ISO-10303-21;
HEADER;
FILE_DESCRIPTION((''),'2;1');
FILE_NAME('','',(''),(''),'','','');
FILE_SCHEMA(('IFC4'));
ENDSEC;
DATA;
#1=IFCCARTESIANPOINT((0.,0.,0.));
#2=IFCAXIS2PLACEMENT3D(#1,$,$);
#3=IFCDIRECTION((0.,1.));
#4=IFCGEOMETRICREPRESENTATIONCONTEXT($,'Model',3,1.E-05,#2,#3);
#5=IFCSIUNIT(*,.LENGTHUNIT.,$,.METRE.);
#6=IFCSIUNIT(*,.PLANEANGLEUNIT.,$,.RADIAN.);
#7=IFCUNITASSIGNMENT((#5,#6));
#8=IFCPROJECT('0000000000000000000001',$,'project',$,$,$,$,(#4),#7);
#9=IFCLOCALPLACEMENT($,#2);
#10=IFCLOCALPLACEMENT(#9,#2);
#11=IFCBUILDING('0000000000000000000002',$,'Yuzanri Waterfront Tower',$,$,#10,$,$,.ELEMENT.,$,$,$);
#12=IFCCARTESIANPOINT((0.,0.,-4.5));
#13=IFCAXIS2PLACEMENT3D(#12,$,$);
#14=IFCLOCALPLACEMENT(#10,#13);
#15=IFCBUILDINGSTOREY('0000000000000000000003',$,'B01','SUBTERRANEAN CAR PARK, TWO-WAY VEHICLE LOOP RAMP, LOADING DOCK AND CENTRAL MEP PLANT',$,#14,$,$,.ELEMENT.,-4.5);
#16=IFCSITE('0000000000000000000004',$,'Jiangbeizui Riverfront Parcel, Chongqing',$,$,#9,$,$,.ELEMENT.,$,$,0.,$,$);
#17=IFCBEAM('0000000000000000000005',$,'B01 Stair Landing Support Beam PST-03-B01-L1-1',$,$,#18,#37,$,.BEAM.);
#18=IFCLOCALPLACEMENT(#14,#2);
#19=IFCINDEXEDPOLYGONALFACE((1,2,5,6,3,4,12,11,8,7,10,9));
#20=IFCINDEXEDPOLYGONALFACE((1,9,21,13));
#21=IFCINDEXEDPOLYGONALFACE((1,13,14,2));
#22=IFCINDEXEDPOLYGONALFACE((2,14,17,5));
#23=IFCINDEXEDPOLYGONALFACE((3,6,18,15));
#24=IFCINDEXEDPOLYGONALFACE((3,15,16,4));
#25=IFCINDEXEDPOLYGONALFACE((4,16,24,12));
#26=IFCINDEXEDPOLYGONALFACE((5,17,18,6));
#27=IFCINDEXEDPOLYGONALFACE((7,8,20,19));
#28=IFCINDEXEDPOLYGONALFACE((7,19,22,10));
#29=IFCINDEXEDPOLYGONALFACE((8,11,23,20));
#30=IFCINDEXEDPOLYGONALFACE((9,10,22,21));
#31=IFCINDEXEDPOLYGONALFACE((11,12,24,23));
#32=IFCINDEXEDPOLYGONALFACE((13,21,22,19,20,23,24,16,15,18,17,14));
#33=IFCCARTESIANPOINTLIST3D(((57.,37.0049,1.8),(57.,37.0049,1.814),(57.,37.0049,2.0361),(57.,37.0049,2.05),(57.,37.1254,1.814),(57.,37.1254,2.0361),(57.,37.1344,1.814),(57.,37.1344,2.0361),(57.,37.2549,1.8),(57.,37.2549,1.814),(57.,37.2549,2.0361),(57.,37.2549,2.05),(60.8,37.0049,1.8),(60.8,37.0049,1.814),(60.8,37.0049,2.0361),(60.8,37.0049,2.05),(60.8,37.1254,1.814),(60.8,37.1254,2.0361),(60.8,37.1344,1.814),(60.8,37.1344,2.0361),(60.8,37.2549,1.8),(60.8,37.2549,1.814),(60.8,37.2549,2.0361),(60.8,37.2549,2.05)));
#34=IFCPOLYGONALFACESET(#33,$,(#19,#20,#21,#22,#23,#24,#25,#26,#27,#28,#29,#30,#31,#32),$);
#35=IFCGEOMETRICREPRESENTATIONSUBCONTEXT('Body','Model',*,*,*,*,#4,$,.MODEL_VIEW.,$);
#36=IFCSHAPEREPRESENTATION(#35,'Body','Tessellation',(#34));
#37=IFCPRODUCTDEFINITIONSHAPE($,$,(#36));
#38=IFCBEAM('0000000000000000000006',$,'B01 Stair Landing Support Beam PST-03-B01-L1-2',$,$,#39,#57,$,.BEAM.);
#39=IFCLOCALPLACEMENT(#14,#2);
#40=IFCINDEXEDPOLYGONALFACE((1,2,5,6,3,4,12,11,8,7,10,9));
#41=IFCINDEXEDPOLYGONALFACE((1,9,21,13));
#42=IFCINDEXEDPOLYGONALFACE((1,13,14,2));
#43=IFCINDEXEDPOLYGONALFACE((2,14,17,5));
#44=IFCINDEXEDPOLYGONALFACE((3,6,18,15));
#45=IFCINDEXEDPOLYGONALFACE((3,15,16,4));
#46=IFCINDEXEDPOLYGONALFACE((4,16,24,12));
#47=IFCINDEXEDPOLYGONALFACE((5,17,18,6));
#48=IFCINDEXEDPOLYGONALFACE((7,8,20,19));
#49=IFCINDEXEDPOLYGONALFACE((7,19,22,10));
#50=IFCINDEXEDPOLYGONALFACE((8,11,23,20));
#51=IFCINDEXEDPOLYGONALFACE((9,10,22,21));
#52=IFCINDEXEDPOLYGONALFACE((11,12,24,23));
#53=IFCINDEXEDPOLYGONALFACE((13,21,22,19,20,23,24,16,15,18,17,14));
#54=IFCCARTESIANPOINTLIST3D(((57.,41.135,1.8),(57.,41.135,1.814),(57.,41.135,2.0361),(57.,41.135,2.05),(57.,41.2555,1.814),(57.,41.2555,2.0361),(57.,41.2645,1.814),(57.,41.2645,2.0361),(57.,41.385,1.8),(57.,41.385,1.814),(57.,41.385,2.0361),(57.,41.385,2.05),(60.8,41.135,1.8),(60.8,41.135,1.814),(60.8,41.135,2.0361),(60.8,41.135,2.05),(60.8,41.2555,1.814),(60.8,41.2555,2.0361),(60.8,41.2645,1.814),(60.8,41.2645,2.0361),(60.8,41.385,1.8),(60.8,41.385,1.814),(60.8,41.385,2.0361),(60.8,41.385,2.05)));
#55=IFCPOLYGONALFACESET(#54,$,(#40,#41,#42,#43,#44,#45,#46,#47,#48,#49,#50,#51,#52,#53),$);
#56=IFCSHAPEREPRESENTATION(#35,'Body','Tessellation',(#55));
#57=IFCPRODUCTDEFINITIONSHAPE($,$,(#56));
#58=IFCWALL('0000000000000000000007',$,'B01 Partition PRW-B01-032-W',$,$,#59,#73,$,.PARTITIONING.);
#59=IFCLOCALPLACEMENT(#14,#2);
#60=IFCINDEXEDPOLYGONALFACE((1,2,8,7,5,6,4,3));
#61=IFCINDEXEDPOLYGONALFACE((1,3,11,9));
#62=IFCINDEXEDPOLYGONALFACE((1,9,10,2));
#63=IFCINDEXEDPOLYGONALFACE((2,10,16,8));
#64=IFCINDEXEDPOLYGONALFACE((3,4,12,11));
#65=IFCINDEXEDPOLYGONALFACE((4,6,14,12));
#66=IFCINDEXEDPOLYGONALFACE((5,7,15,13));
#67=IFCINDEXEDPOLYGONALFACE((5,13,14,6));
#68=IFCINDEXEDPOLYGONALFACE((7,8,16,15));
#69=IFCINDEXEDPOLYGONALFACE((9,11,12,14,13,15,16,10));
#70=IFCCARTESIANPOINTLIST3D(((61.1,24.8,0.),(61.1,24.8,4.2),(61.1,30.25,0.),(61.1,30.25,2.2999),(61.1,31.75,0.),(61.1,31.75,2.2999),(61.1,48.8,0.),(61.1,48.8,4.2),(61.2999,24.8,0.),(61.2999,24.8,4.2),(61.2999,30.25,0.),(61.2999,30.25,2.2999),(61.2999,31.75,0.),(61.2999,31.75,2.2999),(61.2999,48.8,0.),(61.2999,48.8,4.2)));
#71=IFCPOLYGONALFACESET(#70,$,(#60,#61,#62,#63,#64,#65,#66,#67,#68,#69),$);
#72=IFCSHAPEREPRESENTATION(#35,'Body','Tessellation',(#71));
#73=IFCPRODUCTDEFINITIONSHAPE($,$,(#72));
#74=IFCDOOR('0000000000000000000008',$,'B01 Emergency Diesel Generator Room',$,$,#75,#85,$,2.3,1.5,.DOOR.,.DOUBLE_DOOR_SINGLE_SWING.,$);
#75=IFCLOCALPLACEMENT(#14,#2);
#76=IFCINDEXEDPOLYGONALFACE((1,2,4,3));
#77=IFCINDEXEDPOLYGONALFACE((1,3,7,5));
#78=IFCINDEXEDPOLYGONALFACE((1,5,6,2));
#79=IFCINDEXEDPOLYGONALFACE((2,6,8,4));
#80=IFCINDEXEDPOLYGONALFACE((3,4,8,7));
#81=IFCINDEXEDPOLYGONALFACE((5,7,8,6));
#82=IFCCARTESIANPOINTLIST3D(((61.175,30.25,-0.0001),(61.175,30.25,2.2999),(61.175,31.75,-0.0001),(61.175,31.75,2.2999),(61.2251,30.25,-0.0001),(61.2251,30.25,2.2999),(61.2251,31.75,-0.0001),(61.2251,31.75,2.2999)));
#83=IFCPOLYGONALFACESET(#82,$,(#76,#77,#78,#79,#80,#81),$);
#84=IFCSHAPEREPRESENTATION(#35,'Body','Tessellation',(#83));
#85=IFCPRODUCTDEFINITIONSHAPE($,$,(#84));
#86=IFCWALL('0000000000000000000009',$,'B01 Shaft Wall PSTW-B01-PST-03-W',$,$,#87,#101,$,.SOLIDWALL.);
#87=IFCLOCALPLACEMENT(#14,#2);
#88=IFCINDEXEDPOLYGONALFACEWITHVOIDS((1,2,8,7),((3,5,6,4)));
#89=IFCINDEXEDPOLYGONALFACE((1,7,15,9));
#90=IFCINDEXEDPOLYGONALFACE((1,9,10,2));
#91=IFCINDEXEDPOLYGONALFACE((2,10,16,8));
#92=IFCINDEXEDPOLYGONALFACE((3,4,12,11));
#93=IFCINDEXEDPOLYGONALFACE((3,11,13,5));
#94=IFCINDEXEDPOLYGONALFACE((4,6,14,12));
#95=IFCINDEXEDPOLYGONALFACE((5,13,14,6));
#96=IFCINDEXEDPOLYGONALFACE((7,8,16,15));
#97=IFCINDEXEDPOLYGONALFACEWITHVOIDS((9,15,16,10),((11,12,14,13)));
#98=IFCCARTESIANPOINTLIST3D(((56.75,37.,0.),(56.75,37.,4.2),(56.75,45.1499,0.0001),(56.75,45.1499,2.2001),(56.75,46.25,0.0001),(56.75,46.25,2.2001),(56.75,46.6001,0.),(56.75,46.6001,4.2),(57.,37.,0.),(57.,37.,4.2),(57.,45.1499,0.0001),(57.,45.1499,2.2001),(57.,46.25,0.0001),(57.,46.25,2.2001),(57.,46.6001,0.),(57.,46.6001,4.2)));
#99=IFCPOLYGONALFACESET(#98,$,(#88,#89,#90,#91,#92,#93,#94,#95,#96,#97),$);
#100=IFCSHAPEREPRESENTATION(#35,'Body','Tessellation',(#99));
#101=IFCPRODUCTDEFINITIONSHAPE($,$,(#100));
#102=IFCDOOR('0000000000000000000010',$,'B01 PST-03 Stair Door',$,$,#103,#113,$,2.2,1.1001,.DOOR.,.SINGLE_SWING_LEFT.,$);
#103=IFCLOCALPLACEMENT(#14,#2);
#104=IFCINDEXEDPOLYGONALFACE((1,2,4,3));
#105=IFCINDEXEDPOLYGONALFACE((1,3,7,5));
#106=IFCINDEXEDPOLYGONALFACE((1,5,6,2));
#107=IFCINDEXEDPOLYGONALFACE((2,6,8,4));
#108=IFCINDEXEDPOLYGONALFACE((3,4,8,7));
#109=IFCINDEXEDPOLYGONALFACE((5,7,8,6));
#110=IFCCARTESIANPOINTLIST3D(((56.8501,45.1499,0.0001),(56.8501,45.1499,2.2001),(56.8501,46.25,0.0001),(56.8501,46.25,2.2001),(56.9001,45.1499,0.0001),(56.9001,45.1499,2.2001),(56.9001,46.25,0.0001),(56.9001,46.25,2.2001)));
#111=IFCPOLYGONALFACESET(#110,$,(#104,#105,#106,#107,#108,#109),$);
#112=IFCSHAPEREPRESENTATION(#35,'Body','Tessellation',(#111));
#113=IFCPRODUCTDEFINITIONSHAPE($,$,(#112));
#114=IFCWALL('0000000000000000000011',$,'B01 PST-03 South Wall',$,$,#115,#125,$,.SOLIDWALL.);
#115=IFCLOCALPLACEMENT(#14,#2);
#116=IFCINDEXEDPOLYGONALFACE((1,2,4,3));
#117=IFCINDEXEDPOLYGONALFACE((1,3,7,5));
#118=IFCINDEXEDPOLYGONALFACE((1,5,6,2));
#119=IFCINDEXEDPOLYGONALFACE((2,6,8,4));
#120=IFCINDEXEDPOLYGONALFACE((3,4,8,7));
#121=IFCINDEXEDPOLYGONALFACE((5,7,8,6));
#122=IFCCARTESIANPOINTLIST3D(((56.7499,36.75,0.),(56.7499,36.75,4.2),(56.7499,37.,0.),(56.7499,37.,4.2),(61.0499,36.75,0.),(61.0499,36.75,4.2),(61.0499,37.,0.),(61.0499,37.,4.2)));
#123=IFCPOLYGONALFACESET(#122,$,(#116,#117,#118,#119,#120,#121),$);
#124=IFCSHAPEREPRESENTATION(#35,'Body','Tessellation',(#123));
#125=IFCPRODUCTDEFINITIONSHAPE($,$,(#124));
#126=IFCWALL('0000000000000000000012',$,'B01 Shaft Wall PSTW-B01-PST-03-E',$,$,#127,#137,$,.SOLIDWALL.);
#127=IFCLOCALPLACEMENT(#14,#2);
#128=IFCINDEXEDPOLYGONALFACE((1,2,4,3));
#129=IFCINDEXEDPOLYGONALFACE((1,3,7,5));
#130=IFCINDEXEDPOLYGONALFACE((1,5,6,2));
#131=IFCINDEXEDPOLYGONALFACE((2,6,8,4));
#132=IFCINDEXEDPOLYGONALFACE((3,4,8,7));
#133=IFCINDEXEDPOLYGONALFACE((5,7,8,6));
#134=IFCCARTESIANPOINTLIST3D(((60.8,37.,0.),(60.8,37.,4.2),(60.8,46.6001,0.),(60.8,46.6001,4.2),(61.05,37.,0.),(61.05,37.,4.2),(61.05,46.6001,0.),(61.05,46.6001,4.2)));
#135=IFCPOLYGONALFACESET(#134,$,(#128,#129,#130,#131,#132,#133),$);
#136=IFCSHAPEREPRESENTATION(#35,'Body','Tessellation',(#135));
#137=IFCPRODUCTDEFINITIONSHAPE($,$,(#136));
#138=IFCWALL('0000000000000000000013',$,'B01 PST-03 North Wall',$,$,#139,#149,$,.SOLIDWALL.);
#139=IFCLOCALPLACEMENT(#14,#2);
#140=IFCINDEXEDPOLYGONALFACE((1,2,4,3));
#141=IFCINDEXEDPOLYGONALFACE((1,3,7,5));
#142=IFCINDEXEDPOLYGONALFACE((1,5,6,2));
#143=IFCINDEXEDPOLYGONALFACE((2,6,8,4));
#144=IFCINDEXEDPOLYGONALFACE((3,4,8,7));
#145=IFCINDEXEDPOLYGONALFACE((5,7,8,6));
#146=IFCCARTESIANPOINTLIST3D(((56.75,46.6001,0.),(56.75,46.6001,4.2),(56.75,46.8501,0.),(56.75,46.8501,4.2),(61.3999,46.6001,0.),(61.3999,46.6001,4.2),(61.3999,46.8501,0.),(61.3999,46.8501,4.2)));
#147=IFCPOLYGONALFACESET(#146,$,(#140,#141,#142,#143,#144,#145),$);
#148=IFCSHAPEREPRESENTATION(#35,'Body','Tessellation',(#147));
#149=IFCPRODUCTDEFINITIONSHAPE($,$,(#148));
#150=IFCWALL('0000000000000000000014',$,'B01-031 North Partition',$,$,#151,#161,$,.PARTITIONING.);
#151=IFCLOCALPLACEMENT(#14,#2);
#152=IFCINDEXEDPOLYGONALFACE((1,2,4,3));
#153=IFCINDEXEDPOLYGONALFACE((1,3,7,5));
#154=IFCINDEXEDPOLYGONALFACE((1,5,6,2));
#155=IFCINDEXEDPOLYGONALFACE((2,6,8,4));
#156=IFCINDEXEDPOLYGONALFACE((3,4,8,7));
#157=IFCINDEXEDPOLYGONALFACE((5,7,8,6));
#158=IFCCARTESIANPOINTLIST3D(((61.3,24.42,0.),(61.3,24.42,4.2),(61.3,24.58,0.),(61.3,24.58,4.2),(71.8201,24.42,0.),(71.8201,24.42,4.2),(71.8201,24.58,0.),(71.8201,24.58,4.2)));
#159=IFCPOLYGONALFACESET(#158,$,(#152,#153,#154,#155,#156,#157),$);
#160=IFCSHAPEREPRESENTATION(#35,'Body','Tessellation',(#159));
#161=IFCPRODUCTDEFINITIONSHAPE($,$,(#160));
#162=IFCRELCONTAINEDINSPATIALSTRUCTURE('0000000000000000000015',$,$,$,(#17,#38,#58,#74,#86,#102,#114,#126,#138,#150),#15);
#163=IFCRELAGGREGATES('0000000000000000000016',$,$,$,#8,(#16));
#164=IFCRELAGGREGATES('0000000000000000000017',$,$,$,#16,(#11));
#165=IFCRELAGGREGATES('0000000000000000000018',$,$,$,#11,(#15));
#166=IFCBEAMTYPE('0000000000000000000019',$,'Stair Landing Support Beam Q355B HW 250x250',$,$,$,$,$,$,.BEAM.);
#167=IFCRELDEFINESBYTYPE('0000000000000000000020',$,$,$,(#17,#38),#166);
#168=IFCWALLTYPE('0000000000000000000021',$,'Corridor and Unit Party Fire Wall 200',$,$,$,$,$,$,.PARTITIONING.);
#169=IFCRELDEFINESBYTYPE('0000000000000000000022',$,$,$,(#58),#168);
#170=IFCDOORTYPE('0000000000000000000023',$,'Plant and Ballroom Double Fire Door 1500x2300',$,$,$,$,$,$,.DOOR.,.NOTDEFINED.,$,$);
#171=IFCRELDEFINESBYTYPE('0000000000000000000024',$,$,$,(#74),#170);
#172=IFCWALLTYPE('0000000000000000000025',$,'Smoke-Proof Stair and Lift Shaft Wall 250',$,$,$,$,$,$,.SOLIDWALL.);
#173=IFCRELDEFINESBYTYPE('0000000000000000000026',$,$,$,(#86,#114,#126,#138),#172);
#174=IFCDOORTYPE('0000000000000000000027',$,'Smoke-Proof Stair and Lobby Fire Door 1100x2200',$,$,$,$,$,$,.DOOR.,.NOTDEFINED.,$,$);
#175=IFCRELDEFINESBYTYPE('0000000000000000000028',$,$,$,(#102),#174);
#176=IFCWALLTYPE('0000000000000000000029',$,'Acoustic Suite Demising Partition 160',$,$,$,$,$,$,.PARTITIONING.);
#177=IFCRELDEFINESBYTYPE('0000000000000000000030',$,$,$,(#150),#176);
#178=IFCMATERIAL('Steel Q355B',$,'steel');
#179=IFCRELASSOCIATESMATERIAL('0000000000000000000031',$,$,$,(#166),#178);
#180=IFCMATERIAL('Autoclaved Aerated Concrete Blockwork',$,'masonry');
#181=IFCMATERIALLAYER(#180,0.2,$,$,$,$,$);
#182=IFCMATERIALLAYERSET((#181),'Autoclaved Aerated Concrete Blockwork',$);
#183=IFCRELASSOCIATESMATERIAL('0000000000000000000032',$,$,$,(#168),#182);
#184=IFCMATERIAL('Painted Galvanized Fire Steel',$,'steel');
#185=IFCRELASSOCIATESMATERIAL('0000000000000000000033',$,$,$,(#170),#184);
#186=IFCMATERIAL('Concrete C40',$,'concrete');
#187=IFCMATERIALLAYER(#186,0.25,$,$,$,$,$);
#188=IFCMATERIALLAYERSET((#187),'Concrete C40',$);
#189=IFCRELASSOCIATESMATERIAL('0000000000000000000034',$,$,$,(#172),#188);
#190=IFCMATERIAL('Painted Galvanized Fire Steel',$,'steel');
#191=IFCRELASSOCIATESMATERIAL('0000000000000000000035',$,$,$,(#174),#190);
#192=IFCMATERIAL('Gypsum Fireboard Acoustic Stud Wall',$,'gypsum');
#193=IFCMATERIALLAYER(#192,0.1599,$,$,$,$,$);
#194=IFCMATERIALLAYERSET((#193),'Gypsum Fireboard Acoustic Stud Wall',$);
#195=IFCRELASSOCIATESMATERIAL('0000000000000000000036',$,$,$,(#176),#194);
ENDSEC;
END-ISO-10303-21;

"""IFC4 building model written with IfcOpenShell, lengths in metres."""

from ifc_helpers import new_model, si_unit, direction, frame, frame_2d, origin, origin_2d, place, context, subcontext, project, spatial, rectangle, i_section, extrude, source, transform, mapped, material, layer, layer_set, material_profile, profile_set, type_object, element, fill, save


model = new_model("IFC4")

# Units and contexts
model_context = context("Model", 3, precision=1e-05, world=origin(), true_north=direction((0.0, 1.0)))
body_context = subcontext(model_context, "Body", "Model", "MODEL_VIEW")
ifc_project = project(units=[si_unit("LENGTHUNIT", "METRE"), si_unit("PLANEANGLEUNIT", "RADIAN")], contexts=[model_context])

# Site, building, storey
site_placement = place(None, origin())
site = spatial("IfcSite", under=ifc_project, at=site_placement, Name="Jiangbeizui Riverfront Parcel, Chongqing", CompositionType="ELEMENT", RefElevation=0.0)
building_placement = place(site_placement, origin())
building = spatial("IfcBuilding", under=site, at=building_placement, Name="Yuzanri Waterfront Tower", CompositionType="ELEMENT")
storey_placement = place(building_placement, frame((0.0, 0.0, -4.5)))
storey = spatial("IfcBuildingStorey", under=building, at=storey_placement, Name="B01", Description="SUBTERRANEAN CAR PARK, TWO-WAY VEHICLE LOOP RAMP, LOADING DOCK AND CENTRAL MEP PLANT", CompositionType="ELEMENT", Elevation=-4.5)

# Beams
ifc_material_1 = material(Name="Steel Q355B", Category="steel")
ifc_material_profile_1 = material_profile(ifc_material_1, i_section(OverallWidth=0.25, OverallDepth=0.25, WebThickness=0.009, FlangeThickness=0.0139, at=origin_2d()), Name="HW 250x250x9x14")
ifc_profile_set_1 = profile_set([ifc_material_profile_1], Name="Steel Q355B")
beam_type_1 = type_object("IfcBeamType", Name="Stair Landing Support Beam Q355B HW 250x250", PredefinedType="BEAM", material=ifc_profile_set_1)
shared_shape_1 = source(origin(), body_context, "Body", "SweptSolid", [
    extrude(i_section(OverallWidth=0.25, OverallDepth=0.25, WebThickness=0.009, FlangeThickness=0.0139, at=origin_2d()), origin(), (0.0, 0.0, 1.0), 3.8),
])
for number, where, z_axis, x_axis, name in (
    (1, (57.0, 37.1299, 1.925), (1.0, 0.0, 0.0), (0.0, 1.0, 0.0), "B01 Stair Landing Support Beam PST-03-B01-L1-1"),
    (2, (57.0, 41.26, 1.925), (1.0, 0.0, 0.0), (0.0, 1.0, 0.0), "B01 Stair Landing Support Beam PST-03-B01-L1-2"),
):
    element("IfcBeam", number, at=place(storey_placement, frame(where, z_axis=z_axis, x_axis=x_axis)), inside=storey, type_object=beam_type_1, Name=name, PredefinedType="BEAM", context=body_context, shape_type="MappedRepresentation", body=[
        mapped(shared_shape_1, transform((0.0, 0.0, 0.0), scale=1.0)),
    ])

# Walls, openings, doors
ifc_material_2 = material(Name="Autoclaved Aerated Concrete Blockwork", Category="masonry")
ifc_layer_1 = layer(ifc_material_2, 0.2)
ifc_layer_set_1 = layer_set([ifc_layer_1], Name="Autoclaved Aerated Concrete Blockwork")
wall_type_1 = type_object("IfcWallType", Name="Corridor and Unit Party Fire Wall 200", PredefinedType="PARTITIONING", material=ifc_layer_set_1)
wall_1_placement = place(storey_placement, frame((61.2, 24.8, 0.0), z_axis=(0.0, 0.0, 1.0), x_axis=(0.0, 1.0, 0.0)))
wall_1 = element("IfcWall", 3, at=wall_1_placement, inside=storey, type_object=wall_type_1, Name="B01 Partition PRW-B01-032-W", PredefinedType="PARTITIONING", context=body_context, shape_type="SweptSolid", body=[
    extrude(rectangle(XDim=24.0, YDim=0.2, at=frame_2d((12.0, 0.0))), origin(), (0.0, 0.0, 1.0), 4.2),
])
opening_1_placement = place(wall_1_placement, frame((5.45, 0.0, 0.0)))
opening_1 = element("IfcOpeningElement", 4, at=opening_1_placement, cuts=wall_1, PredefinedType="OPENING", context=body_context, shape_type="SweptSolid", body=[
    extrude(rectangle(XDim=1.5, YDim=2.3, at=frame_2d((0.75, 1.1499))), frame((0.0, 0.1147, 0.0), z_axis=(0.0, -1.0, 0.0), x_axis=(1.0, 0.0, 0.0)), (0.0, 0.0, 1.0), 0.2297),
])
ifc_material_3 = material(Name="Painted Galvanized Fire Steel", Category="steel")
door_type_1 = type_object("IfcDoorType", Name="Plant and Ballroom Double Fire Door 1500x2300", OperationType="NOTDEFINED", PredefinedType="DOOR", material=ifc_material_3)
shared_shape_2 = source(origin(), body_context, "Body", "SweptSolid", [
    extrude(rectangle(XDim=1.5, YDim=2.3, at=frame_2d((0.75, 1.1499))), frame((0.0, 0.0249, 0.0), z_axis=(0.0, -1.0, 0.0), x_axis=(1.0, 0.0, 0.0)), (0.0, 0.0, 1.0), 0.05),
])
door_1_placement = place(opening_1_placement, origin())
door_1 = element("IfcDoor", 5, at=door_1_placement, inside=storey, type_object=door_type_1, Name="B01 Emergency Diesel Generator Room", OperationType="DOUBLE_DOOR_SINGLE_SWING", OverallHeight=2.3, OverallWidth=1.5, PredefinedType="DOOR", context=body_context, shape_type="MappedRepresentation", body=[
    mapped(shared_shape_2, transform((0.0, 0.0, 0.0), scale=1.0)),
])
fill(opening_1, door_1)
ifc_material_4 = material(Name="Concrete C40", Category="concrete")
ifc_layer_2 = layer(ifc_material_4, 0.25)
ifc_layer_set_2 = layer_set([ifc_layer_2], Name="Concrete C40")
wall_type_2 = type_object("IfcWallType", Name="Smoke-Proof Stair and Lift Shaft Wall 250", PredefinedType="SOLIDWALL", material=ifc_layer_set_2)
wall_2_placement = place(storey_placement, frame((56.875, 37.0, 0.0), z_axis=(0.0, 0.0, 1.0), x_axis=(0.0, 1.0, 0.0)))
wall_2 = element("IfcWall", 6, at=wall_2_placement, inside=storey, type_object=wall_type_2, Name="B01 Shaft Wall PSTW-B01-PST-03-W", PredefinedType="SOLIDWALL", context=body_context, shape_type="SweptSolid", body=[
    extrude(rectangle(XDim=9.6001, YDim=0.25, at=frame_2d((4.8, 0.0))), origin(), (0.0, 0.0, 1.0), 4.2),
])
opening_2_placement = place(wall_2_placement, frame((8.1499, 0.0, 0.0)))
opening_2 = element("IfcOpeningElement", 7, at=opening_2_placement, cuts=wall_2, PredefinedType="OPENING", context=body_context, shape_type="SweptSolid", body=[
    extrude(rectangle(XDim=1.1001, YDim=2.2, at=frame_2d((0.55, 1.1001))), frame((0.0, 0.1399, 0.0), z_axis=(0.0, -1.0, 0.0), x_axis=(1.0, 0.0, 0.0)), (0.0, 0.0, 1.0), 0.2798),
])
ifc_material_5 = material(Name="Painted Galvanized Fire Steel", Category="steel")
door_type_2 = type_object("IfcDoorType", Name="Smoke-Proof Stair and Lobby Fire Door 1100x2200", OperationType="NOTDEFINED", PredefinedType="DOOR", material=ifc_material_5)
shared_shape_3 = source(origin(), body_context, "Body", "SweptSolid", [
    extrude(rectangle(XDim=1.1001, YDim=2.2, at=frame_2d((0.55, 1.1001))), frame((0.0, 0.0249, 0.0), z_axis=(0.0, -1.0, 0.0), x_axis=(1.0, 0.0, 0.0)), (0.0, 0.0, 1.0), 0.05),
])
door_2_placement = place(opening_2_placement, origin())
door_2 = element("IfcDoor", 8, at=door_2_placement, inside=storey, type_object=door_type_2, Name="B01 PST-03 Stair Door", OperationType="SINGLE_SWING_LEFT", OverallHeight=2.2, OverallWidth=1.1001, PredefinedType="DOOR", context=body_context, shape_type="MappedRepresentation", body=[
    mapped(shared_shape_3, transform((0.0, 0.0, 0.0), scale=1.0)),
])
fill(opening_2, door_2)

# Walls
shared_shape_4 = source(origin(), body_context, "Body", "SweptSolid", [
    extrude(rectangle(XDim=4.3, YDim=0.25, at=frame_2d((2.1499, 0.0))), origin(), (0.0, 0.0, 1.0), 4.2),
])
wall_3_placement = place(storey_placement, frame((56.75, 36.875, 0.0), z_axis=(0.0, 0.0, 1.0), x_axis=(1.0, 0.0, 0.0)))
element("IfcWall", 9, at=wall_3_placement, inside=storey, type_object=wall_type_2, Name="B01 PST-03 South Wall", PredefinedType="SOLIDWALL", context=body_context, shape_type="MappedRepresentation", body=[
    mapped(shared_shape_4, transform((0.0, 0.0, 0.0), scale=1.0)),
])
shared_shape_5 = source(origin(), body_context, "Body", "SweptSolid", [
    extrude(rectangle(XDim=9.6001, YDim=0.25, at=frame_2d((4.8, 0.0))), origin(), (0.0, 0.0, 1.0), 4.2),
])
wall_4_placement = place(storey_placement, frame((60.925, 37.0, 0.0), z_axis=(0.0, 0.0, 1.0), x_axis=(0.0, 1.0, 0.0)))
element("IfcWall", 10, at=wall_4_placement, inside=storey, type_object=wall_type_2, Name="B01 Shaft Wall PSTW-B01-PST-03-E", PredefinedType="SOLIDWALL", context=body_context, shape_type="MappedRepresentation", body=[
    mapped(shared_shape_5, transform((0.0, 0.0, 0.0), scale=1.0)),
])
shared_shape_6 = source(origin(), body_context, "Body", "SweptSolid", [
    extrude(rectangle(XDim=4.6499, YDim=0.25, at=frame_2d((2.325, 0.0))), origin(), (0.0, 0.0, 1.0), 4.2),
])
wall_5_placement = place(storey_placement, frame((56.75, 46.7251, 0.0), z_axis=(0.0, 0.0, 1.0), x_axis=(1.0, 0.0, 0.0)))
element("IfcWall", 11, at=wall_5_placement, inside=storey, type_object=wall_type_2, Name="B01 PST-03 North Wall", PredefinedType="SOLIDWALL", context=body_context, shape_type="MappedRepresentation", body=[
    mapped(shared_shape_6, transform((0.0, 0.0, 0.0), scale=1.0)),
])
ifc_material_6 = material(Name="Gypsum Fireboard Acoustic Stud Wall", Category="gypsum")
ifc_layer_3 = layer(ifc_material_6, 0.1599)
ifc_layer_set_3 = layer_set([ifc_layer_3], Name="Gypsum Fireboard Acoustic Stud Wall")
wall_type_3 = type_object("IfcWallType", Name="Acoustic Suite Demising Partition 160", PredefinedType="PARTITIONING", material=ifc_layer_set_3)
shared_shape_7 = source(origin(), body_context, "Body", "SweptSolid", [
    extrude(rectangle(XDim=10.52, YDim=0.1599, at=frame_2d((5.26, 0.0))), origin(), (0.0, 0.0, 1.0), 4.2),
])
wall_6_placement = place(storey_placement, frame((61.3, 24.5, 0.0), z_axis=(0.0, 0.0, 1.0), x_axis=(1.0, 0.0, 0.0)))
element("IfcWall", 12, at=wall_6_placement, inside=storey, type_object=wall_type_3, Name="B01-031 North Partition", PredefinedType="PARTITIONING", context=body_context, shape_type="MappedRepresentation", body=[
    mapped(shared_shape_7, transform((0.0, 0.0, 0.0), scale=1.0)),
])

save(model, "model.ifc")
